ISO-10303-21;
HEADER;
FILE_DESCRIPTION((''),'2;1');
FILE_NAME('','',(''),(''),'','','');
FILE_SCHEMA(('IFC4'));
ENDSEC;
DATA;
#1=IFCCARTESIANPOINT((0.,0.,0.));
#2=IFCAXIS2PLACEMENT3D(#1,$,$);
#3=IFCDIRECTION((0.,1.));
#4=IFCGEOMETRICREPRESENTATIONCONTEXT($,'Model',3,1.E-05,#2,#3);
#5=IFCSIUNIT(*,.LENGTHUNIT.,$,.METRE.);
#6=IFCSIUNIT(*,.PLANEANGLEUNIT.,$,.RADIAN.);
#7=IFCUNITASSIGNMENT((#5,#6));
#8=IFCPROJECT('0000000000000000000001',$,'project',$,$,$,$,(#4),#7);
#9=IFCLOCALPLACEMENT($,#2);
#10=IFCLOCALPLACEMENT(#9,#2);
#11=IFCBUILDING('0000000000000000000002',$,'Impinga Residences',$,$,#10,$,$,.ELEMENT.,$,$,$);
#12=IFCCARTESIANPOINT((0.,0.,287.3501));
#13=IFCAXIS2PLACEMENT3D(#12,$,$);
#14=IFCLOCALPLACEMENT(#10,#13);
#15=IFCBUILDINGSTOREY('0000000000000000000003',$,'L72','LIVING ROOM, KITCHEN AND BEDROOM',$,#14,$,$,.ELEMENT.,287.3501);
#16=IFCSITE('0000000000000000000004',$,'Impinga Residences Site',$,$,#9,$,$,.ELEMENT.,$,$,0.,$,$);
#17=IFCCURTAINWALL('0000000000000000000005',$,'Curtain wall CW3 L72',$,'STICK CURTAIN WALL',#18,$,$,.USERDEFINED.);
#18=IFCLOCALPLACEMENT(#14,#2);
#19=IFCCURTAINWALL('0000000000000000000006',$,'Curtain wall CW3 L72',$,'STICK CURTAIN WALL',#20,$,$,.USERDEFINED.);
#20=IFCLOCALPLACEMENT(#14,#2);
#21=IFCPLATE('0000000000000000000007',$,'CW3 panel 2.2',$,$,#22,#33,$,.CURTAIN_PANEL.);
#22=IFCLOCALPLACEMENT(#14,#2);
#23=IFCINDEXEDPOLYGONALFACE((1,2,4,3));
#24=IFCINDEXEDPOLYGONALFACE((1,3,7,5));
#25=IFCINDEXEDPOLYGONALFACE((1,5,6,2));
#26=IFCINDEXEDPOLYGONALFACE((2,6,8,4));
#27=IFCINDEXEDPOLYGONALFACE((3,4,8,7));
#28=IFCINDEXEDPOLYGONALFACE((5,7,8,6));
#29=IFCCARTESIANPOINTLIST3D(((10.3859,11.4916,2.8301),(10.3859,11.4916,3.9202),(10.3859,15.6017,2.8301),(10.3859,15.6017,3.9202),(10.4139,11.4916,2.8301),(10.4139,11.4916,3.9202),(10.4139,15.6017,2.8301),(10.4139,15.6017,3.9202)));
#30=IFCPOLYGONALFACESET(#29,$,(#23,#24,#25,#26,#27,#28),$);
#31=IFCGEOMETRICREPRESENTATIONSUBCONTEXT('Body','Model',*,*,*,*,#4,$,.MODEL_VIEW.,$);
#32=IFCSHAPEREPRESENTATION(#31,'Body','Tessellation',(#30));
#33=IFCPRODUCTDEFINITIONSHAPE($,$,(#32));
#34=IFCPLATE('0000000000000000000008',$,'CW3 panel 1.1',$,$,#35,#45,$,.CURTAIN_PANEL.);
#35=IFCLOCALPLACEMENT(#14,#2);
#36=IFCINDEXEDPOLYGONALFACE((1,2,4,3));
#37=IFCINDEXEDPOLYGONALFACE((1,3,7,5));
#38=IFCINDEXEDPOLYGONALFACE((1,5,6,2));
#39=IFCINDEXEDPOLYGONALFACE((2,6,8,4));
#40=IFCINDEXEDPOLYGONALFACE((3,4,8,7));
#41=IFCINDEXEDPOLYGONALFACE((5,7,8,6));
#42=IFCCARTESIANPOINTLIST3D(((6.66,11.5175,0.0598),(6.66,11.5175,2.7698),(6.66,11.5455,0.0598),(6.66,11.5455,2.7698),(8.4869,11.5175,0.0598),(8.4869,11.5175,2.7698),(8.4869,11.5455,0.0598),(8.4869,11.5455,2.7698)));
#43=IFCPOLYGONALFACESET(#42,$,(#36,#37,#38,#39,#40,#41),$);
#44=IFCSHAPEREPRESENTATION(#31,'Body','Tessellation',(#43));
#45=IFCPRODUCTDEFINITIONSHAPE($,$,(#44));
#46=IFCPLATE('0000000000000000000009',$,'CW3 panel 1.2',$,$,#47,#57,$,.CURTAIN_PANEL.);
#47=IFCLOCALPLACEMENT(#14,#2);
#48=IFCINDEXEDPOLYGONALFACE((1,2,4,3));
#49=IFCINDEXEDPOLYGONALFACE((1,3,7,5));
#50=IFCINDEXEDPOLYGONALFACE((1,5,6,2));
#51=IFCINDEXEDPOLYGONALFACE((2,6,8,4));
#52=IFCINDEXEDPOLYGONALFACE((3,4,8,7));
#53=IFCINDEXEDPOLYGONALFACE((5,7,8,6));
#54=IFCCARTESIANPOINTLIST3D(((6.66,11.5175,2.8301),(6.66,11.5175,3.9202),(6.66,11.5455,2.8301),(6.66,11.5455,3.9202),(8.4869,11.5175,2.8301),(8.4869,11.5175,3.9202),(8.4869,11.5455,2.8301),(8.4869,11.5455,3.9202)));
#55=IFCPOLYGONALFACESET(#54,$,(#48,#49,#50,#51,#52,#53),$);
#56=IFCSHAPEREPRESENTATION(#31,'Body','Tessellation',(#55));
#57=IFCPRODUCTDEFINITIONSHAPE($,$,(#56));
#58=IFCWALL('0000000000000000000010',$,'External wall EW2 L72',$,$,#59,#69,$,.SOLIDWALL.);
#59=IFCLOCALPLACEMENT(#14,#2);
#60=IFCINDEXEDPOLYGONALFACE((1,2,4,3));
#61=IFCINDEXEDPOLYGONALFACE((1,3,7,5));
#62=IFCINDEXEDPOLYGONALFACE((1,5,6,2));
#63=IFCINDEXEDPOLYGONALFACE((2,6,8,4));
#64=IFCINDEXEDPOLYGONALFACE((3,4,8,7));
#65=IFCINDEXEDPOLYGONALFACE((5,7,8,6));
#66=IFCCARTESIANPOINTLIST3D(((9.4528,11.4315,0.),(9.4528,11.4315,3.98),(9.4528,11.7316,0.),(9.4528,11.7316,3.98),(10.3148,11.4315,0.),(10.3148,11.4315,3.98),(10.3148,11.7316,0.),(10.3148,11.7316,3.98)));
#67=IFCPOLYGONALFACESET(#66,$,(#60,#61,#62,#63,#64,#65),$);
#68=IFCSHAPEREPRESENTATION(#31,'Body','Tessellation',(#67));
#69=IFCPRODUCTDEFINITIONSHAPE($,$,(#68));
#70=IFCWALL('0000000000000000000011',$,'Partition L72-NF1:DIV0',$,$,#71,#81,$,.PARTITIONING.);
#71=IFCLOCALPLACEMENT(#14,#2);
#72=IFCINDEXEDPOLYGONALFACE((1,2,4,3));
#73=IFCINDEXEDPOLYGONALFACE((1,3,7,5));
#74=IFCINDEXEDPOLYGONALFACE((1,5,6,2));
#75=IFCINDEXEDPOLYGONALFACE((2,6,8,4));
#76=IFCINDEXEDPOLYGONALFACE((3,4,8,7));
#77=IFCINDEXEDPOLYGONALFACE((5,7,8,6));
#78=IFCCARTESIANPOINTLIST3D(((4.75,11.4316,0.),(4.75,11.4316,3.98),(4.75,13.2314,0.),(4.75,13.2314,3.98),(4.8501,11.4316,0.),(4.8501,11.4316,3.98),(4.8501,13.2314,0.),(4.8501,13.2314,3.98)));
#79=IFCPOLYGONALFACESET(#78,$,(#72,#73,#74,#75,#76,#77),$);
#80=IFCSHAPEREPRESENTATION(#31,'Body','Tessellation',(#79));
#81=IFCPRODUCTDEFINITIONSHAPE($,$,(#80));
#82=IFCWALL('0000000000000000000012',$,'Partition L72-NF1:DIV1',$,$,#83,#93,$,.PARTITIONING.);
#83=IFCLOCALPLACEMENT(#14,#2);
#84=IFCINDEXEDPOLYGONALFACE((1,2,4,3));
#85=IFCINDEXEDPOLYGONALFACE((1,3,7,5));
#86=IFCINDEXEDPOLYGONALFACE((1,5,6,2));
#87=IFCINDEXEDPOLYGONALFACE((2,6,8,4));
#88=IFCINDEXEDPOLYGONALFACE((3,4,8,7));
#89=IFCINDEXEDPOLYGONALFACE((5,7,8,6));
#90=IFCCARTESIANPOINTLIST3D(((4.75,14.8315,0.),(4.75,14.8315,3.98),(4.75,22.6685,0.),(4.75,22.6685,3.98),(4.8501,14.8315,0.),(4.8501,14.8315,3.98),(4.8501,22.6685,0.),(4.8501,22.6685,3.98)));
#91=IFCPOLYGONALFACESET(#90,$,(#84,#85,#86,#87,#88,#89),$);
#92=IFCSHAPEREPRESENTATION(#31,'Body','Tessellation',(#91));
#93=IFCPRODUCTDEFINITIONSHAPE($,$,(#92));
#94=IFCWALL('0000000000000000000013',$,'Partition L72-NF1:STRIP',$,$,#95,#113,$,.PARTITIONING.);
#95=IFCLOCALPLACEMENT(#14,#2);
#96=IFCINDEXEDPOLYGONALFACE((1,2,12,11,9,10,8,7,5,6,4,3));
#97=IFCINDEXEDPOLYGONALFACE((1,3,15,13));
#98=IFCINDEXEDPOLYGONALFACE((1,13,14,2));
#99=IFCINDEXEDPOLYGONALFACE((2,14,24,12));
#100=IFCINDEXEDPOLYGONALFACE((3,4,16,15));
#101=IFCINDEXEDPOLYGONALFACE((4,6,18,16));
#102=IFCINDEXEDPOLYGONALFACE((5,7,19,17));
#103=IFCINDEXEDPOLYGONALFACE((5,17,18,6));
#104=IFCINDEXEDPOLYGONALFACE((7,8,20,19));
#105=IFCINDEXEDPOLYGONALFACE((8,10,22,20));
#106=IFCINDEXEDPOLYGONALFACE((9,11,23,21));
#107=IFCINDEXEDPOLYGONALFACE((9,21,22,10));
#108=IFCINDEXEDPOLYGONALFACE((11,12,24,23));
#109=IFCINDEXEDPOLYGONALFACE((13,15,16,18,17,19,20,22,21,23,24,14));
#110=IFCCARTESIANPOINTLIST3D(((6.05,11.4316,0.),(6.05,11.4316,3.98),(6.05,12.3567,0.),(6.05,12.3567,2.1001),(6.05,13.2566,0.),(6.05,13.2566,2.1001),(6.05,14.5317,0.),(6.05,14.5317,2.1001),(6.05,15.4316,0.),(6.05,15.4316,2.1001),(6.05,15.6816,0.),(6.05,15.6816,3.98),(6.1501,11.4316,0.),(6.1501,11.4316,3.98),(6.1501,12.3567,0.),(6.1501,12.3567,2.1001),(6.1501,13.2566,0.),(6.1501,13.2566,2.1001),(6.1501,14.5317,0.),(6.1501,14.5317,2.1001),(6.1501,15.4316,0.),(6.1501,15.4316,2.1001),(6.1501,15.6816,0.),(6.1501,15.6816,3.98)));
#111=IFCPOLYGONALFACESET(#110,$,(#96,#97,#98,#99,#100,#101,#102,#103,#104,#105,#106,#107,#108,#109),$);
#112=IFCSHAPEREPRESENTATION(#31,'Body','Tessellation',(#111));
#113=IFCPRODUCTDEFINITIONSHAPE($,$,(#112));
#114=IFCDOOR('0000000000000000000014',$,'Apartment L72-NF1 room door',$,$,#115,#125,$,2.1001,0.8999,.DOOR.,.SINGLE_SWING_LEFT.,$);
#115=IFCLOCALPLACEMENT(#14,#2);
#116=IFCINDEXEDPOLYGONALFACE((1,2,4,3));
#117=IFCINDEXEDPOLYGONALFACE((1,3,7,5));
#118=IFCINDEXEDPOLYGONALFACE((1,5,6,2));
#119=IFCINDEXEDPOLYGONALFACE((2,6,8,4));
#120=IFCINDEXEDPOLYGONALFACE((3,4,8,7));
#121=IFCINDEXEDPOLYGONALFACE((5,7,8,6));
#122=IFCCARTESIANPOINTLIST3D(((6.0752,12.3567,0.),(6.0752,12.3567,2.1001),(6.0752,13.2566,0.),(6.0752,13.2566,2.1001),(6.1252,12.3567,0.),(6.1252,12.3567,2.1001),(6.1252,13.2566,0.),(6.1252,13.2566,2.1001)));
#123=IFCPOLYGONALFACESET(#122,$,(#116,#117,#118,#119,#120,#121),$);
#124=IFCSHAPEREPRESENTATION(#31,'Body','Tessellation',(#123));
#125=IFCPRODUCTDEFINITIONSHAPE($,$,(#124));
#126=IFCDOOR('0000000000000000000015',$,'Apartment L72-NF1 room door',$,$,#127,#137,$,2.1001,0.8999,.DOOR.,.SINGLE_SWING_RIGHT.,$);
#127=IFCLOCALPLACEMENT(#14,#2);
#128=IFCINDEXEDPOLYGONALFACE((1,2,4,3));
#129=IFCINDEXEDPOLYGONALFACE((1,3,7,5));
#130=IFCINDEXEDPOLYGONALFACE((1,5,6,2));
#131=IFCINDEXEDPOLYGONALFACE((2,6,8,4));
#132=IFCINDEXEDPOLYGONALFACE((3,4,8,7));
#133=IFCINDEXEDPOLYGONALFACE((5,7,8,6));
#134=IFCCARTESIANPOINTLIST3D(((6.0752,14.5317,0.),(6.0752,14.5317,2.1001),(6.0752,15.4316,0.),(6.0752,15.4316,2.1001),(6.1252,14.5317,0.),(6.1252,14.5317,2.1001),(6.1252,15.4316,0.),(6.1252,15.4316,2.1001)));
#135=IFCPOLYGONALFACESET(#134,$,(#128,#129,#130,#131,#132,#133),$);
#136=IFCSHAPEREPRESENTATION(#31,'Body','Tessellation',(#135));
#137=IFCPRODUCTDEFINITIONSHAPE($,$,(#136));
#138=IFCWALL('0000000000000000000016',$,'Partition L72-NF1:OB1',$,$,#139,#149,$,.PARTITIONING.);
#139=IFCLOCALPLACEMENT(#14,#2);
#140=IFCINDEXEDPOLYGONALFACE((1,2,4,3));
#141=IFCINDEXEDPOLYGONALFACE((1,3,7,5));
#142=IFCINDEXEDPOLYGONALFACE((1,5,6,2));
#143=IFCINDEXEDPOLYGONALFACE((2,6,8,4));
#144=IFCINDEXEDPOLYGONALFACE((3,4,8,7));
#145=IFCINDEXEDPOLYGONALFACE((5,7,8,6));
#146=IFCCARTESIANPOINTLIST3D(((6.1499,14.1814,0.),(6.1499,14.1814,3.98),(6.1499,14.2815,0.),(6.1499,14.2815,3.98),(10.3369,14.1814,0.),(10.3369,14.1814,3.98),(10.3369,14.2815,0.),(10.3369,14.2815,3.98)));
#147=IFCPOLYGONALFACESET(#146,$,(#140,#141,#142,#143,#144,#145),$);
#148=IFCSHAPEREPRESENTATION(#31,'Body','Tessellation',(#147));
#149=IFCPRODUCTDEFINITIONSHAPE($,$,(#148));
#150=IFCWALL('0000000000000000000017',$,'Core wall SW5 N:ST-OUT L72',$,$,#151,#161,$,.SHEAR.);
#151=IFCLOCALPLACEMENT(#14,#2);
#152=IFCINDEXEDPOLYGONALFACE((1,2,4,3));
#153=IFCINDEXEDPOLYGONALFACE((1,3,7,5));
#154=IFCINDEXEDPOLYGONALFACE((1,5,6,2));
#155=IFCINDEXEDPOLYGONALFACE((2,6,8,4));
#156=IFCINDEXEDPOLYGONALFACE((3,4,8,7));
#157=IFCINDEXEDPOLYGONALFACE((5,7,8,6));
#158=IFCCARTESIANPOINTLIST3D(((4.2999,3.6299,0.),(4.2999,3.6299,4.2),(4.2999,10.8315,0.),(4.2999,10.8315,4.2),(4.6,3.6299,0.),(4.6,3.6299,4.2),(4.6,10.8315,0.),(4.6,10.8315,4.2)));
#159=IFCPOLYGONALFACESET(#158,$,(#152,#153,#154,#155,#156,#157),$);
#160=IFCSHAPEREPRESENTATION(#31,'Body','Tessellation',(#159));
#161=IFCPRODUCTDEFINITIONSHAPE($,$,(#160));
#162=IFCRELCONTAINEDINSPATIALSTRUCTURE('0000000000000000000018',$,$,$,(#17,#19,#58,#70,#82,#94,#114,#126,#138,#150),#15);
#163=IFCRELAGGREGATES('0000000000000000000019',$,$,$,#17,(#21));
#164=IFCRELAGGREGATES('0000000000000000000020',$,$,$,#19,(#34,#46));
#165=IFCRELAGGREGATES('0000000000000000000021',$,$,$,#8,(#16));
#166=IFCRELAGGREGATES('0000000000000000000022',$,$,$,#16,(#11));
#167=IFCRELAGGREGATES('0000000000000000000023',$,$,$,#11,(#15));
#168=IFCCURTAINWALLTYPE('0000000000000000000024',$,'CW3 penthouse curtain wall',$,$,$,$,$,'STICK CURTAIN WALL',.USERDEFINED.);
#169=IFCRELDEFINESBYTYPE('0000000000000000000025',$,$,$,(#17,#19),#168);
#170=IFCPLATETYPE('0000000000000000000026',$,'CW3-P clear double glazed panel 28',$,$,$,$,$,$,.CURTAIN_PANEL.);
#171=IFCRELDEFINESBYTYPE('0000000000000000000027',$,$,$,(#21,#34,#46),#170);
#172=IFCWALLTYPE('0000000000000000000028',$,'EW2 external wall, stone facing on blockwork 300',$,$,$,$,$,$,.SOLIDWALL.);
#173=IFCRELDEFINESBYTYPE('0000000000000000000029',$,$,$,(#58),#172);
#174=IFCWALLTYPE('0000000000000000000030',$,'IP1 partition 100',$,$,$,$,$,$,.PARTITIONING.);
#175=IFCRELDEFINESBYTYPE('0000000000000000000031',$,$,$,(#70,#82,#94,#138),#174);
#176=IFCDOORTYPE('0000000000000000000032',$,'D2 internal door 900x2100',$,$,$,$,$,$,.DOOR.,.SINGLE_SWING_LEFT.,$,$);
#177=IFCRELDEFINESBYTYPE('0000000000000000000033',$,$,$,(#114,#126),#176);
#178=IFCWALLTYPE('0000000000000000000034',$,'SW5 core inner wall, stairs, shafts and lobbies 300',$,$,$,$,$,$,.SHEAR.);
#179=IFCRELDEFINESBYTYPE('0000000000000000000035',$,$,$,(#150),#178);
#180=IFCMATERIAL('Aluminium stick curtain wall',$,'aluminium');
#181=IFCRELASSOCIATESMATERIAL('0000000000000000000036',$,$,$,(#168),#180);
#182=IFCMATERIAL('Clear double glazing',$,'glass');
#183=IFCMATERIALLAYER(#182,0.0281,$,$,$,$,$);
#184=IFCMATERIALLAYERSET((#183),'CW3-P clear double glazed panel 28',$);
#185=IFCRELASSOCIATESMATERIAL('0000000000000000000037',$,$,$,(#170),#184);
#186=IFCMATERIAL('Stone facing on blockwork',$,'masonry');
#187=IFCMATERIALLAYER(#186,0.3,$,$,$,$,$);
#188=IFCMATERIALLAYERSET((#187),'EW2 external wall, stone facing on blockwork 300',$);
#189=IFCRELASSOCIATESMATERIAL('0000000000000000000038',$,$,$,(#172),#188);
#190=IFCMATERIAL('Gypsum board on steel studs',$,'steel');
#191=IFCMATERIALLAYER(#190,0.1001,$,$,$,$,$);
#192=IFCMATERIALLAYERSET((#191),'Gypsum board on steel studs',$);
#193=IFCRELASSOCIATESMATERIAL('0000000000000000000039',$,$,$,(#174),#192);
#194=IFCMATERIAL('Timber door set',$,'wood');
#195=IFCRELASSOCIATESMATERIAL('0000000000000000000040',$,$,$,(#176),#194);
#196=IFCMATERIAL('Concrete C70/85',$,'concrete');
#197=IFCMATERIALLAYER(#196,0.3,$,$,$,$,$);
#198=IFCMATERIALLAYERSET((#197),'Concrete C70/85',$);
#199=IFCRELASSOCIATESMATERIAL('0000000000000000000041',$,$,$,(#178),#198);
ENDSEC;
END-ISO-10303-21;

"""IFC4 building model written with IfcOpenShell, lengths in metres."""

from ifc_helpers import new_model, si_unit, direction, frame, frame_2d, origin, origin_2d, place, context, subcontext, project, spatial, rectangle, extrude, material, layer, layer_set, type_object, element, fill, aggregate, save


model = new_model("IFC4")

# Units and contexts
model_context = context("Model", 3, precision=1e-05, world=origin(), true_north=direction((0.0, 1.0)))
body_context = subcontext(model_context, "Body", "Model", "MODEL_VIEW")
ifc_project = project(units=[si_unit("LENGTHUNIT", "METRE"), si_unit("PLANEANGLEUNIT", "RADIAN")], contexts=[model_context])

# Site, building, storey
site_placement = place(None, origin())
site = spatial("IfcSite", under=ifc_project, at=site_placement, Name="Impinga Residences Site", CompositionType="ELEMENT", RefElevation=0.0)
building_placement = place(site_placement, origin())
building = spatial("IfcBuilding", under=site, at=building_placement, Name="Impinga Residences", CompositionType="ELEMENT")
storey_placement = place(building_placement, frame((0.0, 0.0, 287.3501)))
storey = spatial("IfcBuildingStorey", under=building, at=storey_placement, Name="L72", Description="LIVING ROOM, KITCHEN AND BEDROOM", CompositionType="ELEMENT", Elevation=287.3501)

# Curtain wall
ifc_material_1 = material(Name="Aluminium stick curtain wall", Category="aluminium")
curtain_wall_type = type_object("IfcCurtainWallType", Name="CW3 penthouse curtain wall", ElementType="STICK CURTAIN WALL", PredefinedType="USERDEFINED", material=ifc_material_1)
curtain_wall_1_placement = place(storey_placement, origin())
curtain_wall_1 = element("IfcCurtainWall", 1, at=curtain_wall_1_placement, inside=storey, type_object=curtain_wall_type, Name="Curtain wall CW3 L72", ObjectType="STICK CURTAIN WALL", PredefinedType="USERDEFINED")

# Curtain wall
curtain_wall_2_placement = place(storey_placement, origin())
curtain_wall_2 = element("IfcCurtainWall", 2, at=curtain_wall_2_placement, inside=storey, type_object=curtain_wall_type, Name="Curtain wall CW3 L72", ObjectType="STICK CURTAIN WALL", PredefinedType="USERDEFINED")

# Plates
ifc_material_2 = material(Name="Clear double glazing", Category="glass")
ifc_layer_1 = layer(ifc_material_2, 0.0281)
ifc_layer_set_1 = layer_set([ifc_layer_1], Name="CW3-P clear double glazed panel 28")
plate_type = type_object("IfcPlateType", Name="CW3-P clear double glazed panel 28", PredefinedType="CURTAIN_PANEL", material=ifc_layer_set_1)
plate_1_placement = place(storey_placement, frame((10.3999, 13.5466, 2.8301), z_axis=(0.0, 0.0, 1.0), x_axis=(0.0, -1.0, 0.0)))
plate_1 = element("IfcPlate", 3, at=plate_1_placement, type_object=plate_type, Name="CW3 panel 2.2", PredefinedType="CURTAIN_PANEL", context=body_context, shape_type="SweptSolid", body=[
    extrude(rectangle(XDim=4.1101, YDim=0.0281, at=origin_2d()), origin(), (0.0, 0.0, 1.0), 1.0901),
])
aggregate(curtain_wall_1, [plate_1])
plate_2_placement = place(storey_placement, frame((7.5735, 11.5315, 0.0598), z_axis=(0.0, 0.0, 1.0), x_axis=(-1.0, 0.0, 0.0)))
plate_2 = element("IfcPlate", 4, at=plate_2_placement, type_object=plate_type, Name="CW3 panel 1.1", PredefinedType="CURTAIN_PANEL", context=body_context, shape_type="SweptSolid", body=[
    extrude(rectangle(XDim=1.8269, YDim=0.0281, at=origin_2d()), origin(), (0.0, 0.0, 1.0), 2.71),
])
plate_3_placement = place(storey_placement, frame((7.5735, 11.5315, 2.8301), z_axis=(0.0, 0.0, 1.0), x_axis=(-1.0, 0.0, 0.0)))
plate_3 = element("IfcPlate", 5, at=plate_3_placement, type_object=plate_type, Name="CW3 panel 1.2", PredefinedType="CURTAIN_PANEL", context=body_context, shape_type="SweptSolid", body=[
    extrude(rectangle(XDim=1.8269, YDim=0.0281, at=origin_2d()), origin(), (0.0, 0.0, 1.0), 1.0901),
])
aggregate(curtain_wall_2, [plate_2, plate_3])

# Walls
ifc_material_3 = material(Name="Stone facing on blockwork", Category="masonry")
ifc_layer_2 = layer(ifc_material_3, 0.3)
ifc_layer_set_2 = layer_set([ifc_layer_2], Name="EW2 external wall, stone facing on blockwork 300")
wall_type_1 = type_object("IfcWallType", Name="EW2 external wall, stone facing on blockwork 300", PredefinedType="SOLIDWALL", material=ifc_layer_set_2)
wall_1_placement = place(storey_placement, frame((10.3149, 11.5815, 0.0), z_axis=(0.0, 0.0, 1.0), x_axis=(-1.0, 0.0, 0.0)))
element("IfcWall", 6, at=wall_1_placement, inside=storey, type_object=wall_type_1, Name="External wall EW2 L72", PredefinedType="SOLIDWALL", context=body_context, shape_type="SweptSolid", body=[
    extrude(rectangle(XDim=0.8621, YDim=0.3, at=frame_2d((0.4312, 0.0))), origin(), (0.0, 0.0, 1.0), 3.98),
])
ifc_material_4 = material(Name="Gypsum board on steel studs", Category="steel")
ifc_layer_3 = layer(ifc_material_4, 0.1001)
ifc_layer_set_3 = layer_set([ifc_layer_3], Name="Gypsum board on steel studs")
wall_type_2 = type_object("IfcWallType", Name="IP1 partition 100", PredefinedType="PARTITIONING", material=ifc_layer_set_3)
wall_2_placement = place(storey_placement, frame((4.8, 11.4316, 0.0), z_axis=(0.0, 0.0, 1.0), x_axis=(0.0, 1.0, 0.0)))
element("IfcWall", 7, at=wall_2_placement, inside=storey, type_object=wall_type_2, Name="Partition L72-NF1:DIV0", PredefinedType="PARTITIONING", context=body_context, shape_type="SweptSolid", body=[
    extrude(rectangle(XDim=1.7998, YDim=0.1001, at=frame_2d((0.8999, 0.0))), origin(), (0.0, 0.0, 1.0), 3.98),
])
wall_3_placement = place(storey_placement, frame((4.8, 14.8315, 0.0), z_axis=(0.0, 0.0, 1.0), x_axis=(0.0, 1.0, 0.0)))
element("IfcWall", 8, at=wall_3_placement, inside=storey, type_object=wall_type_2, Name="Partition L72-NF1:DIV1", PredefinedType="PARTITIONING", context=body_context, shape_type="SweptSolid", body=[
    extrude(rectangle(XDim=7.8369, YDim=0.1001, at=frame_2d((3.9185, 0.0))), origin(), (0.0, 0.0, 1.0), 3.98),
])

# Wall, openings, doors
wall_4_placement = place(storey_placement, frame((6.1001, 11.4316, 0.0), z_axis=(0.0, 0.0, 1.0), x_axis=(0.0, 1.0, 0.0)))
wall_4 = element("IfcWall", 9, at=wall_4_placement, inside=storey, type_object=wall_type_2, Name="Partition L72-NF1:STRIP", PredefinedType="PARTITIONING", context=body_context, shape_type="SweptSolid", body=[
    extrude(rectangle(XDim=4.25, YDim=0.1001, at=frame_2d((2.125, 0.0))), origin(), (0.0, 0.0, 1.0), 3.98),
])
opening_1_placement = place(wall_4_placement, frame((0.925, 0.0, 0.0)))
opening_1 = element("IfcOpeningElement", 10, at=opening_1_placement, cuts=wall_4, PredefinedType="OPENING", context=body_context, shape_type="SweptSolid", body=[
    extrude(rectangle(XDim=0.8999, YDim=2.1001, at=frame_2d((0.45, 1.05))), frame((0.0, 0.0601, 0.0), z_axis=(0.0, -1.0, 0.0), x_axis=(1.0, 0.0, 0.0)), (0.0, 0.0, 1.0), 0.1201),
])
opening_2_placement = place(wall_4_placement, frame((3.1001, 0.0, 0.0)))
opening_2 = element("IfcOpeningElement", 11, at=opening_2_placement, cuts=wall_4, PredefinedType="OPENING", context=body_context, shape_type="SweptSolid", body=[
    extrude(rectangle(XDim=0.8999, YDim=2.1001, at=frame_2d((0.45, 1.05))), frame((0.0, 0.0601, 0.0), z_axis=(0.0, -1.0, 0.0), x_axis=(1.0, 0.0, 0.0)), (0.0, 0.0, 1.0), 0.1201),
])
ifc_material_5 = material(Name="Timber door set", Category="wood")
door_type_1 = type_object("IfcDoorType", Name="D2 internal door 900x2100", OperationType="SINGLE_SWING_LEFT", PredefinedType="DOOR", material=ifc_material_5)
door_1_placement = place(opening_1_placement, origin())
door_1 = element("IfcDoor", 12, at=door_1_placement, inside=storey, type_object=door_type_1, Name="Apartment L72-NF1 room door", OperationType="SINGLE_SWING_LEFT", OverallHeight=2.1001, OverallWidth=0.8999, PredefinedType="DOOR", context=body_context, shape_type="SweptSolid", body=[
    extrude(rectangle(XDim=0.8999, YDim=2.1001, at=frame_2d((0.45, 1.05))), frame((0.0, 0.0249, 0.0), z_axis=(0.0, -1.0, 0.0), x_axis=(1.0, 0.0, 0.0)), (0.0, 0.0, 1.0), 0.05),
])
fill(opening_1, door_1)
door_2_placement = place(opening_2_placement, origin())
door_2 = element("IfcDoor", 13, at=door_2_placement, inside=storey, type_object=door_type_1, Name="Apartment L72-NF1 room door", OperationType="SINGLE_SWING_RIGHT", OverallHeight=2.1001, OverallWidth=0.8999, PredefinedType="DOOR", context=body_context, shape_type="SweptSolid", body=[
    extrude(rectangle(XDim=0.8999, YDim=2.1001, at=frame_2d((0.45, 1.05))), frame((0.0, 0.0249, 0.0), z_axis=(0.0, -1.0, 0.0), x_axis=(1.0, 0.0, 0.0)), (0.0, 0.0, 1.0), 0.05),
])
fill(opening_2, door_2)

# Walls
wall_5_placement = place(storey_placement, frame((6.1499, 14.2314, 0.0), z_axis=(0.0, 0.0, 1.0), x_axis=(1.0, 0.0, 0.0)))
element("IfcWall", 14, at=wall_5_placement, inside=storey, type_object=wall_type_2, Name="Partition L72-NF1:OB1", PredefinedType="PARTITIONING", context=body_context, shape_type="SweptSolid", body=[
    extrude(rectangle(XDim=4.187, YDim=0.1001, at=frame_2d((2.0935, 0.0))), origin(), (0.0, 0.0, 1.0), 3.98),
])
ifc_material_6 = material(Name="Concrete C70/85", Category="concrete")
ifc_layer_4 = layer(ifc_material_6, 0.3)
ifc_layer_set_4 = layer_set([ifc_layer_4], Name="Concrete C70/85")
wall_type_3 = type_object("IfcWallType", Name="SW5 core inner wall, stairs, shafts and lobbies 300", PredefinedType="SHEAR", material=ifc_layer_set_4)
wall_6_placement = place(storey_placement, frame((4.45, 3.6299, 0.0), z_axis=(0.0, 0.0, 1.0), x_axis=(0.0, 1.0, 0.0)))
element("IfcWall", 15, at=wall_6_placement, inside=storey, type_object=wall_type_3, Name="Core wall SW5 N:ST-OUT L72", PredefinedType="SHEAR", context=body_context, shape_type="SweptSolid", body=[
    extrude(rectangle(XDim=7.2017, YDim=0.3, at=frame_2d((3.6008, 0.0))), origin(), (0.0, 0.0, 1.0), 4.2),
])

save(model, "model.ifc")
